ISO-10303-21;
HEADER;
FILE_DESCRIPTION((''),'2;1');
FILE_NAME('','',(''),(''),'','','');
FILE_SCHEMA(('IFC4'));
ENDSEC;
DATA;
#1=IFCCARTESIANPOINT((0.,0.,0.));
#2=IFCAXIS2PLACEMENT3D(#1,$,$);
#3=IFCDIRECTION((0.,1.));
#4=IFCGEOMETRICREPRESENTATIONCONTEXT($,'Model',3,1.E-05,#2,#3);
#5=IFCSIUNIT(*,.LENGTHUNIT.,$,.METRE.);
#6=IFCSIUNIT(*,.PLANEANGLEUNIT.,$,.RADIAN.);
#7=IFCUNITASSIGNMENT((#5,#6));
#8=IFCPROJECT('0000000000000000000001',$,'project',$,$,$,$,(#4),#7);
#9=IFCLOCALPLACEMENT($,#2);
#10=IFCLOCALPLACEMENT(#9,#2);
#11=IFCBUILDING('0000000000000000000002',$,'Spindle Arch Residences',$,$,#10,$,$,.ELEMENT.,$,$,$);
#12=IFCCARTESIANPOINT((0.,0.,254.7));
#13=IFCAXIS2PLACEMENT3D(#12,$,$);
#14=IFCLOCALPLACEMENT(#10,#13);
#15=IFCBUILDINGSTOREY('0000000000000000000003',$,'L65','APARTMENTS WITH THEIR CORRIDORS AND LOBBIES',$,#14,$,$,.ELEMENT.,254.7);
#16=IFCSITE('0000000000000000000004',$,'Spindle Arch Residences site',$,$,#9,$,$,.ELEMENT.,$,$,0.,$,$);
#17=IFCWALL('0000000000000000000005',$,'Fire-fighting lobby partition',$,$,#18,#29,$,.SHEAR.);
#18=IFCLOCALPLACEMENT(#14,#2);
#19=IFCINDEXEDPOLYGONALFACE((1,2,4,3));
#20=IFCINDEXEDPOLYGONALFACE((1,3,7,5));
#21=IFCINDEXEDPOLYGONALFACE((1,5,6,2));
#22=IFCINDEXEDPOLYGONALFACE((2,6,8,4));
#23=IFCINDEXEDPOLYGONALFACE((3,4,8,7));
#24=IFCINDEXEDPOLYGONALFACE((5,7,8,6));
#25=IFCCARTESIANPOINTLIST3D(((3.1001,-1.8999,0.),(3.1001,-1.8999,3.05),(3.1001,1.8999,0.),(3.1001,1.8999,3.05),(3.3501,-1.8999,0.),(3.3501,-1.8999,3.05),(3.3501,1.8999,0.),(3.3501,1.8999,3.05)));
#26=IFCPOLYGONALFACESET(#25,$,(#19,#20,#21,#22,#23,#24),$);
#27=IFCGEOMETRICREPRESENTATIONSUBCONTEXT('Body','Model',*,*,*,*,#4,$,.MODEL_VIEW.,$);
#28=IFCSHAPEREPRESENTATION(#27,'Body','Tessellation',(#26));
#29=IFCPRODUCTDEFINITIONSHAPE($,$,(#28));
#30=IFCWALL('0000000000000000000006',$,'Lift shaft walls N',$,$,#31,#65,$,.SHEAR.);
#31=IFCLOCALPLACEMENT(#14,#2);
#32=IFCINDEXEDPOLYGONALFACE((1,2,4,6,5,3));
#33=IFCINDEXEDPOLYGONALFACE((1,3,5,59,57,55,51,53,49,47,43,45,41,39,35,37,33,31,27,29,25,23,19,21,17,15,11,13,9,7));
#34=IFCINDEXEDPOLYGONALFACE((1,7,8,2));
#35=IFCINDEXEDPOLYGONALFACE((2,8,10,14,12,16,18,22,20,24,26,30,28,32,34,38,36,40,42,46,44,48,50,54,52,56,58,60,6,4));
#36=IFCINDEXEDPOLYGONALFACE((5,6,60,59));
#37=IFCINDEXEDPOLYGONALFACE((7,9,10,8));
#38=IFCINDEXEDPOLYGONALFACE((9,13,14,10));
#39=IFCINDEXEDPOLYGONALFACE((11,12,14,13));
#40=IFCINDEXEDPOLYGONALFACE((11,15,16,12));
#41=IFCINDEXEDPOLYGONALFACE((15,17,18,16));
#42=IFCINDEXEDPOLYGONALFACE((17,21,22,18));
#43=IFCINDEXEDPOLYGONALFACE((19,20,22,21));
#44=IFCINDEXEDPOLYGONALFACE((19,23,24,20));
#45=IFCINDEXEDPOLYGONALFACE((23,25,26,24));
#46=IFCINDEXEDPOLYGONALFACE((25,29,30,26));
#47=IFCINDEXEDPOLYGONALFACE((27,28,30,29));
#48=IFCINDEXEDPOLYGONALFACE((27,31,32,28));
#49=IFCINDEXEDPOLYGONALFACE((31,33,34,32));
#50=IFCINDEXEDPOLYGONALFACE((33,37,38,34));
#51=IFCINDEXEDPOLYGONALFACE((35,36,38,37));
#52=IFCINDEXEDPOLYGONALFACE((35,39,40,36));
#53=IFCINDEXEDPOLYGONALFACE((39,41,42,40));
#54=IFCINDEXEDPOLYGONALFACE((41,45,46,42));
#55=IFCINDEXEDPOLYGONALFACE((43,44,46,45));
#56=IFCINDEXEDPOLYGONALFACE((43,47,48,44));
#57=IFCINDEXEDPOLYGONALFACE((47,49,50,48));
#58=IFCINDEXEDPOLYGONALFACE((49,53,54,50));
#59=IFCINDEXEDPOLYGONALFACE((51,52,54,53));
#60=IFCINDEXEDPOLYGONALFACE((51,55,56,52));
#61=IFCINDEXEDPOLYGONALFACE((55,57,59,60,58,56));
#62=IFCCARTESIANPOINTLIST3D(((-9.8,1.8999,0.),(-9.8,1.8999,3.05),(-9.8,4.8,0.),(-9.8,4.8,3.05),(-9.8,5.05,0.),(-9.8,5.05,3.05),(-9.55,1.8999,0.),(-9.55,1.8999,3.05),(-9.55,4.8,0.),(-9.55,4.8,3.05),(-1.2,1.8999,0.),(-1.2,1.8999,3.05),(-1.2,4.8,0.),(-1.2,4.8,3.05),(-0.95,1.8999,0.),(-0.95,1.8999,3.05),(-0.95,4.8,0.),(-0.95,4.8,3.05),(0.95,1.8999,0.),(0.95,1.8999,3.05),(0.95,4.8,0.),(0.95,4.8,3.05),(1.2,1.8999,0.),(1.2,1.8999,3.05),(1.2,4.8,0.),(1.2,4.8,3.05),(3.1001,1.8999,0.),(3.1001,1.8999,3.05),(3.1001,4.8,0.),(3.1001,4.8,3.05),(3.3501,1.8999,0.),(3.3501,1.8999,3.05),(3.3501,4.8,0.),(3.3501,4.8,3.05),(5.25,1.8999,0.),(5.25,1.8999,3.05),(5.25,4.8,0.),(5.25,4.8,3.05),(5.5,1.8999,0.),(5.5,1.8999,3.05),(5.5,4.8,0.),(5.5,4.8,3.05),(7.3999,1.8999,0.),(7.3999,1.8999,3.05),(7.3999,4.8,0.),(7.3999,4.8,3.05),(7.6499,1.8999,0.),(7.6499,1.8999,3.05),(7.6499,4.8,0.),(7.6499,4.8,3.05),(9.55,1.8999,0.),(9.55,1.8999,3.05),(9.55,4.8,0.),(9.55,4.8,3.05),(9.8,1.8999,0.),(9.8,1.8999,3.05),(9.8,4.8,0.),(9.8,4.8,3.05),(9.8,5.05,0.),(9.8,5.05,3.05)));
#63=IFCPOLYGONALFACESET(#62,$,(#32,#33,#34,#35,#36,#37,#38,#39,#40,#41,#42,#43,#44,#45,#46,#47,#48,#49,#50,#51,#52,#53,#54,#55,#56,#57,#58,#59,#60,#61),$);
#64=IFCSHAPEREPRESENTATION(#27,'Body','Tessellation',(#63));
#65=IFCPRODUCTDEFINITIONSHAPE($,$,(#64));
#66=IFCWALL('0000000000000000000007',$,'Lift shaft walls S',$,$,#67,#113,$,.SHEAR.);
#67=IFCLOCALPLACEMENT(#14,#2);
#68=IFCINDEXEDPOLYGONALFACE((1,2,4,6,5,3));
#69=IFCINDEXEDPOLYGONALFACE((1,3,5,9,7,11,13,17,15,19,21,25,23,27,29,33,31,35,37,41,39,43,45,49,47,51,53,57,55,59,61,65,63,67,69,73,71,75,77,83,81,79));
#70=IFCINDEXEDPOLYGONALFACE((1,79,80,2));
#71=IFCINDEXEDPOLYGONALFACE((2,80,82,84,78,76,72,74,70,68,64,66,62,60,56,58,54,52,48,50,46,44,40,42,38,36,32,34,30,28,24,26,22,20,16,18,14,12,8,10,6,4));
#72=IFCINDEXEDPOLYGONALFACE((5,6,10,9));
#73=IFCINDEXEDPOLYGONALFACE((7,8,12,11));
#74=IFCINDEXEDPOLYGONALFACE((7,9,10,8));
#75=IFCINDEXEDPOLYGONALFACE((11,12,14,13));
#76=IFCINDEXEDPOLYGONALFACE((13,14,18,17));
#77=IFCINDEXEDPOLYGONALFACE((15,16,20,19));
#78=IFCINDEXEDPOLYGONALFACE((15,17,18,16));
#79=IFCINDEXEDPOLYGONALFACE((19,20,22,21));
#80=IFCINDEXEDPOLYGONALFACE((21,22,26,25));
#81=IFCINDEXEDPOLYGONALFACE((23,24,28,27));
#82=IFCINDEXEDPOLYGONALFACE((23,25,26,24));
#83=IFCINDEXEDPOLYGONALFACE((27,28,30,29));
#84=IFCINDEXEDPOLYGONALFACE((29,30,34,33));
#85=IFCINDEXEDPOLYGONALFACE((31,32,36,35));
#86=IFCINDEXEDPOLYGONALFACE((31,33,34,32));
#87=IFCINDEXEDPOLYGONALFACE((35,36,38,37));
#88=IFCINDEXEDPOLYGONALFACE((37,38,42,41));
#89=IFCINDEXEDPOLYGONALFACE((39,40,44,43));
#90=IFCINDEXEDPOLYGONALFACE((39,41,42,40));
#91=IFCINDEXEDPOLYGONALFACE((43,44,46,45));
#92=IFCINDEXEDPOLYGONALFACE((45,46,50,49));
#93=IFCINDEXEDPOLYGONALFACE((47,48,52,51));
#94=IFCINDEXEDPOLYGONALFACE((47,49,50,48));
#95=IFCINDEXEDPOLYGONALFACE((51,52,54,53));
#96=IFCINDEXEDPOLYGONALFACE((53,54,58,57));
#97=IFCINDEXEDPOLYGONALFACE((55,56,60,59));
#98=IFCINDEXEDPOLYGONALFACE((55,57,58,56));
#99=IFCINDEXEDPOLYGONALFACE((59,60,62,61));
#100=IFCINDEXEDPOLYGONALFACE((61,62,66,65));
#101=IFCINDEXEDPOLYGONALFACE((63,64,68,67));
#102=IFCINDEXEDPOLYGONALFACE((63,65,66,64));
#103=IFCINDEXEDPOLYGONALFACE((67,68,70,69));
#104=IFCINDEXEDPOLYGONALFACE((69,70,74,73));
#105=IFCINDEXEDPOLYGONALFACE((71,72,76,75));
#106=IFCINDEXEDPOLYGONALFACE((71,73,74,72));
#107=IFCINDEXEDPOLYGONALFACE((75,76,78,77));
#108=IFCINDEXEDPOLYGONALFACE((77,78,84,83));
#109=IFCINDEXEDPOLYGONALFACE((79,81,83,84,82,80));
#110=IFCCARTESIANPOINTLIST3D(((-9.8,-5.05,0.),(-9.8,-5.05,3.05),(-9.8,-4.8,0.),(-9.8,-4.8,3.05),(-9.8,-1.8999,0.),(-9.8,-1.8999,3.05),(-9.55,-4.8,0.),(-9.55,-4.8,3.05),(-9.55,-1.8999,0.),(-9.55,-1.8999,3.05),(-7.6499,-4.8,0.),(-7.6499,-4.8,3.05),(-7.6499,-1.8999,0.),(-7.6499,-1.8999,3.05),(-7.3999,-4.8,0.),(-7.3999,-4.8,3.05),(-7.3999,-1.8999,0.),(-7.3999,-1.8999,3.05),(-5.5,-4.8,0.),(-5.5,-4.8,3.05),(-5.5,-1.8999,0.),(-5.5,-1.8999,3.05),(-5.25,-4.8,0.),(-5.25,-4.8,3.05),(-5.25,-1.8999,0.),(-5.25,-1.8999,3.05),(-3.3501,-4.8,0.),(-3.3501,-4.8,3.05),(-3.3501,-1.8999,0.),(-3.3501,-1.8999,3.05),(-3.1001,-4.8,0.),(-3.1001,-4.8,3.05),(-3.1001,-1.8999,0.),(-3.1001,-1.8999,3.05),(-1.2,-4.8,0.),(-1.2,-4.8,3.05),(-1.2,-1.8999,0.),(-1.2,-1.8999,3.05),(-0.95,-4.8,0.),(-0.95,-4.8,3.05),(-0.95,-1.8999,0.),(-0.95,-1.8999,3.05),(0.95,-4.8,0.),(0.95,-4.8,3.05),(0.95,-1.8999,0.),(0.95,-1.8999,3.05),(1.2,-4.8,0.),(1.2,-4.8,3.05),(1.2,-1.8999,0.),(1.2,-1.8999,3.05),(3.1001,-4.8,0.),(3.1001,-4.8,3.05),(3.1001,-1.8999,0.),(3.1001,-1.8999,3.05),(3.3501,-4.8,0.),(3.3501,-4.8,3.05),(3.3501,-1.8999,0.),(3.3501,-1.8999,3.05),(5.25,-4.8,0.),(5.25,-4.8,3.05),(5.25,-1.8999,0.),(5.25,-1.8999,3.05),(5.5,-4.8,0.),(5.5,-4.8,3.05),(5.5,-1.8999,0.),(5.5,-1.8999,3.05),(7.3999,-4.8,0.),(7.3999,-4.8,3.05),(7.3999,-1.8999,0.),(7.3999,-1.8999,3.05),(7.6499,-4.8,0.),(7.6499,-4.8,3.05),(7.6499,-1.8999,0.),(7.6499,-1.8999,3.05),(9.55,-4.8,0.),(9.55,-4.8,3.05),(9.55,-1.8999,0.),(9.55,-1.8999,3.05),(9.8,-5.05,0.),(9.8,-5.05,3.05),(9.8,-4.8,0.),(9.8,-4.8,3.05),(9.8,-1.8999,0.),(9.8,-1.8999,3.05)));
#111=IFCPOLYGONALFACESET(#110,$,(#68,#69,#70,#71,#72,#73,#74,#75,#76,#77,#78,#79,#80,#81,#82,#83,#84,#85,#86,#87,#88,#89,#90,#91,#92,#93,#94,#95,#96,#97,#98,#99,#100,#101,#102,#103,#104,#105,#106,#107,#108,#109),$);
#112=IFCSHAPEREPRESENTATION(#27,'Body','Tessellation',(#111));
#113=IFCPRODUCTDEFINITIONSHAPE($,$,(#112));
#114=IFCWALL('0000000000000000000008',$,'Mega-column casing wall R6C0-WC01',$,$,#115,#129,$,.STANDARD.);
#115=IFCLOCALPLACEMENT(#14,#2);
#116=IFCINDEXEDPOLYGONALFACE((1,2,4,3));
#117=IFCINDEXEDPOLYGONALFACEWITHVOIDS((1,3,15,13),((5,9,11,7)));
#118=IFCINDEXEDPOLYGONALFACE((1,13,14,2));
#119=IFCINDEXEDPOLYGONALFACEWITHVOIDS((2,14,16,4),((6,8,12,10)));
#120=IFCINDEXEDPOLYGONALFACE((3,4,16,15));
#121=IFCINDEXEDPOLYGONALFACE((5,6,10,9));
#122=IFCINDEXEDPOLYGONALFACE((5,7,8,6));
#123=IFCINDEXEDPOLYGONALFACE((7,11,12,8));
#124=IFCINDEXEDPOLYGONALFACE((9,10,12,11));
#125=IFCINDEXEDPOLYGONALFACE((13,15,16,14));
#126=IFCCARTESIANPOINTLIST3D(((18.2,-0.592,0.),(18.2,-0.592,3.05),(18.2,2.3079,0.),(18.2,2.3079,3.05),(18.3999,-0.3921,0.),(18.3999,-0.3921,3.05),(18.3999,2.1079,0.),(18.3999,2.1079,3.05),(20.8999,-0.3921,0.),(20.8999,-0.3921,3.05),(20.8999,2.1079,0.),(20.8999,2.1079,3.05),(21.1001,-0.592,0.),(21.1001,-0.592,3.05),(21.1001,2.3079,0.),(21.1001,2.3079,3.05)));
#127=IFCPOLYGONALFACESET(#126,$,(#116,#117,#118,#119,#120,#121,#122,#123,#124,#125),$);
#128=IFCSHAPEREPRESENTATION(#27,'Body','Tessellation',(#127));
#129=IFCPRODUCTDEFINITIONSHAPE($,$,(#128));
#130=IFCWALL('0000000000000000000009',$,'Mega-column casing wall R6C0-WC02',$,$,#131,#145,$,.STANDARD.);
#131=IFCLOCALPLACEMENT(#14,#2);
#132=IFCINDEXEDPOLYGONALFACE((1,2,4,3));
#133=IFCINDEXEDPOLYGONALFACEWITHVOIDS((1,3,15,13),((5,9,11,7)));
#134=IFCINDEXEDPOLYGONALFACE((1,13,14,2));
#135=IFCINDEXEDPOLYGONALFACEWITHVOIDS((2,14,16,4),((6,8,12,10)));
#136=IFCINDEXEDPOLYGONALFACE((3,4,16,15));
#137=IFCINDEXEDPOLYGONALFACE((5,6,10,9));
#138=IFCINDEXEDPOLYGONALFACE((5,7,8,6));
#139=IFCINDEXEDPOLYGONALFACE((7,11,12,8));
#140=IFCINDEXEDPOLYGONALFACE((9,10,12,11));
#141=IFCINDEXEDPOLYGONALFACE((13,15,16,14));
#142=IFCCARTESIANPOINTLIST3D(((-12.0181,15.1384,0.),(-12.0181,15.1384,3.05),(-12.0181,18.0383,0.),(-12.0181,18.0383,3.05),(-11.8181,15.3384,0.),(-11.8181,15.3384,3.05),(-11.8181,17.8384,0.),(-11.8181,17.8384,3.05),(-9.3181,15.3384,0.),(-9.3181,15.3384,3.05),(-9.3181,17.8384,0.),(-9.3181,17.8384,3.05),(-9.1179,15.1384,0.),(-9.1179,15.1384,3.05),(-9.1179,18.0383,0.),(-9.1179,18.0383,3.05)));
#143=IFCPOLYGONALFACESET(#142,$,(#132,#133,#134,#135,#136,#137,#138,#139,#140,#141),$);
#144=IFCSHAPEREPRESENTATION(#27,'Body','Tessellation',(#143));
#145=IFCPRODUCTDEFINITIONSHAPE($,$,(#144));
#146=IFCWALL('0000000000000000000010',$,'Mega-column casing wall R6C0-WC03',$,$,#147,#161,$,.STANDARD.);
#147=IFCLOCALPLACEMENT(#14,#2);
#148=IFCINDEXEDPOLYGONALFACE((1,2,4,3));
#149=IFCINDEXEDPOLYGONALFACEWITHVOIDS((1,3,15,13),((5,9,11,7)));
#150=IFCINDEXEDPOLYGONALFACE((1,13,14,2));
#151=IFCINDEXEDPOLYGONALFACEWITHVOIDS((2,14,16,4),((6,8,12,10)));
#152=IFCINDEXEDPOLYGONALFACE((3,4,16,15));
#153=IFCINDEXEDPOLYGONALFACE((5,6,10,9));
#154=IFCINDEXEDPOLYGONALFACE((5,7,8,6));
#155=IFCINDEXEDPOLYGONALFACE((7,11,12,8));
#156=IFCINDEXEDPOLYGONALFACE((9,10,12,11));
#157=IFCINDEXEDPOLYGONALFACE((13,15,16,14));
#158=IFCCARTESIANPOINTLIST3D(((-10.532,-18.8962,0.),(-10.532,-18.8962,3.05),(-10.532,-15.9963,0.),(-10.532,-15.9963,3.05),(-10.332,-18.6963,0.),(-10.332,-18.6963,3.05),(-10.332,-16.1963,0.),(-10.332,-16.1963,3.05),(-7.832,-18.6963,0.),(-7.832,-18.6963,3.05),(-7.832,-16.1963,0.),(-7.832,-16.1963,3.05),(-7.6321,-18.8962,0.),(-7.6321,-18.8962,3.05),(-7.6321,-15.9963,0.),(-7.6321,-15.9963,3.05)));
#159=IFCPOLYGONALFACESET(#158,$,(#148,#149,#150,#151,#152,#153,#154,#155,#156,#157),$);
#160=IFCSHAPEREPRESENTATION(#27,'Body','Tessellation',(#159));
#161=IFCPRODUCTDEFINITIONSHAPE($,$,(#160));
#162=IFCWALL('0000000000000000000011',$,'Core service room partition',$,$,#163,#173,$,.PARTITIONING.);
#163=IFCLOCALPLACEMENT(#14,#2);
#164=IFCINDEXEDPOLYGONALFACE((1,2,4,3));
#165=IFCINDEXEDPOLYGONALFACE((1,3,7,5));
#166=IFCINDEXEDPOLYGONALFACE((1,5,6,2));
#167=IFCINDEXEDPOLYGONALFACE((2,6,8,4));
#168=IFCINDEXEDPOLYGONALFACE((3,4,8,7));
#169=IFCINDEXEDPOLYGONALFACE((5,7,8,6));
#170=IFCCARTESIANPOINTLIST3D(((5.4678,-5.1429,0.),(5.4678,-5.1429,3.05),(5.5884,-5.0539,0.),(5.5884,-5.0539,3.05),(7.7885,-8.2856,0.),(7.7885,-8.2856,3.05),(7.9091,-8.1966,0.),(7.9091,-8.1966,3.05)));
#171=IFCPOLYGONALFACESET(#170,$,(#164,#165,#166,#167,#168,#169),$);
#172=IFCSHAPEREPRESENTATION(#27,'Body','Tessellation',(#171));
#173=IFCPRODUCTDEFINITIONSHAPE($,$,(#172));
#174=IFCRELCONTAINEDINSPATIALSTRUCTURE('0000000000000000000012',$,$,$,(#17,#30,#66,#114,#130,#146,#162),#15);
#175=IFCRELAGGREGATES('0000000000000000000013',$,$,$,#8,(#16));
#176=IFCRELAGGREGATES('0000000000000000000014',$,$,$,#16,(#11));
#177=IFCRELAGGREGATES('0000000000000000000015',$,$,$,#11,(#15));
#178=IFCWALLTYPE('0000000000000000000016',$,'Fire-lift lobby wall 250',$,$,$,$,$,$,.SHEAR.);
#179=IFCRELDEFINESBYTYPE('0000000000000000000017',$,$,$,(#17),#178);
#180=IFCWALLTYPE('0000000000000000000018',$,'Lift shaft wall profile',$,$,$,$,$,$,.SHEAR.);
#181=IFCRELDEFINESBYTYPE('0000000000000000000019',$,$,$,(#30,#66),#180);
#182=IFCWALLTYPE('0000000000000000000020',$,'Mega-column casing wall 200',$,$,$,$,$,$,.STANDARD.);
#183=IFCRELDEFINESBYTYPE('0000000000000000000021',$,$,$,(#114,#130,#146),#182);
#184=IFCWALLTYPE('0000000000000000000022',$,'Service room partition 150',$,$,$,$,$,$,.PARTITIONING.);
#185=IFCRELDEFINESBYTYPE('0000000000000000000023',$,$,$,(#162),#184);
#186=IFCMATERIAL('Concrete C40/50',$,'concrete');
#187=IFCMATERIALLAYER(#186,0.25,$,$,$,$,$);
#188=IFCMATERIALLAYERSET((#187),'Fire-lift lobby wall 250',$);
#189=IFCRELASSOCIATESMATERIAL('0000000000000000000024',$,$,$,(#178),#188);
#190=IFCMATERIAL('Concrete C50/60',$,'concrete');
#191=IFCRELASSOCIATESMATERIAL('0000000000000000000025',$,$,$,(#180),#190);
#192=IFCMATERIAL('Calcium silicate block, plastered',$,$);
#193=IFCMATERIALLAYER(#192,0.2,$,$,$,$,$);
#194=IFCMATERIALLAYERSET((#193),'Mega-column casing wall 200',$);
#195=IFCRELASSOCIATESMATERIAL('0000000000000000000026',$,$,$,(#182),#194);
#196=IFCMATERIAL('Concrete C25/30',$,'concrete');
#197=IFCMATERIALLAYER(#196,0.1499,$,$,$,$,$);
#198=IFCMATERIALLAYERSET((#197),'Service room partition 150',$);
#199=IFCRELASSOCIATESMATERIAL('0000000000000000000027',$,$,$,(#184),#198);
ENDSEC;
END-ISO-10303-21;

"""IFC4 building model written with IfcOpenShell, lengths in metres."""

from ifc_helpers import new_model, si_unit, direction, frame, frame_2d, origin, place, context, subcontext, project, spatial, polyline, rectangle, outline, extrude, material, layer, layer_set, type_object, element, save


model = new_model("IFC4")

# Units and contexts
model_context = context("Model", 3, precision=1e-05, world=origin(), true_north=direction((0.0, 1.0)))
body_context = subcontext(model_context, "Body", "Model", "MODEL_VIEW")
ifc_project = project(units=[si_unit("LENGTHUNIT", "METRE"), si_unit("PLANEANGLEUNIT", "RADIAN")], contexts=[model_context])

# Site, building, storey
site_placement = place(None, origin())
site = spatial("IfcSite", under=ifc_project, at=site_placement, Name="Spindle Arch Residences site", CompositionType="ELEMENT", RefElevation=0.0)
building_placement = place(site_placement, origin())
building = spatial("IfcBuilding", under=site, at=building_placement, Name="Spindle Arch Residences", CompositionType="ELEMENT")
storey_placement = place(building_placement, frame((0.0, 0.0, 254.7)))
storey = spatial("IfcBuildingStorey", under=building, at=storey_placement, Name="L65", Description="APARTMENTS WITH THEIR CORRIDORS AND LOBBIES", CompositionType="ELEMENT", Elevation=254.7)

# Wall
ifc_material_1 = material(Name="Concrete C40/50", Category="concrete")
ifc_layer_1 = layer(ifc_material_1, 0.25)
ifc_layer_set_1 = layer_set([ifc_layer_1], Name="Fire-lift lobby wall 250")
wall_type_1 = type_object("IfcWallType", Name="Fire-lift lobby wall 250", PredefinedType="SHEAR", material=ifc_layer_set_1)
wall_1_placement = place(storey_placement, frame((3.2251, -1.8999, 0.0), z_axis=(0.0, 0.0, 1.0), x_axis=(0.0, 1.0, 0.0)))
element("IfcWall", 1, at=wall_1_placement, inside=storey, type_object=wall_type_1, Name="Fire-fighting lobby partition", PredefinedType="SHEAR", context=body_context, shape_type="SweptSolid", body=[
    extrude(rectangle(XDim=3.7998, YDim=0.25, at=frame_2d((1.8999, 0.0))), origin(), (0.0, 0.0, 1.0), 3.05),
])

# Walls
ifc_material_2 = material(Name="Concrete C50/60", Category="concrete")
wall_type_2 = type_object("IfcWallType", Name="Lift shaft wall profile", PredefinedType="SHEAR", material=ifc_material_2)
wall_2_placement = place(storey_placement, origin())
element("IfcWall", 2, at=wall_2_placement, inside=storey, type_object=wall_type_2, Name="Lift shaft walls N", PredefinedType="SHEAR", context=body_context, shape_type="SweptSolid", body=[
    extrude(outline(polyline([(-9.55, 4.8), (-1.2, 4.8), (-1.2, 1.8999), (-0.95, 1.8999), (-0.95, 4.8), (0.95, 4.8), (0.95, 1.8999), (1.2, 1.8999), (1.2, 4.8), (3.1001, 4.8), (3.1001, 1.8999), (3.3501, 1.8999), (3.3501, 4.8), (5.25, 4.8), (5.25, 1.8999), (5.5, 1.8999), (5.5, 4.8), (7.3999, 4.8), (7.3999, 1.8999), (7.6499, 1.8999), (7.6499, 4.8), (9.55, 4.8), (9.55, 1.8999), (9.8, 1.8999), (9.8, 4.8), (9.8, 5.05), (-9.8, 5.05), (-9.8, 4.8), (-9.8, 1.8999), (-9.55, 1.8999), (-9.55, 4.8)])), origin(), (0.0, 0.0, 1.0), 3.05),
])
wall_3_placement = place(storey_placement, origin())
element("IfcWall", 3, at=wall_3_placement, inside=storey, type_object=wall_type_2, Name="Lift shaft walls S", PredefinedType="SHEAR", context=body_context, shape_type="SweptSolid", body=[
    extrude(outline(polyline([(9.8, -5.05), (9.8, -4.8), (9.8, -1.8999), (9.55, -1.8999), (9.55, -4.8), (7.6499, -4.8), (7.6499, -1.8999), (7.3999, -1.8999), (7.3999, -4.8), (5.5, -4.8), (5.5, -1.8999), (5.25, -1.8999), (5.25, -4.8), (3.3501, -4.8), (3.3501, -1.8999), (3.1001, -1.8999), (3.1001, -4.8), (1.2, -4.8), (1.2, -1.8999), (0.95, -1.8999), (0.95, -4.8), (-0.95, -4.8), (-0.95, -1.8999), (-1.2, -1.8999), (-1.2, -4.8), (-3.1001, -4.8), (-3.1001, -1.8999), (-3.3501, -1.8999), (-3.3501, -4.8), (-5.25, -4.8), (-5.25, -1.8999), (-5.5, -1.8999), (-5.5, -4.8), (-7.3999, -4.8), (-7.3999, -1.8999), (-7.6499, -1.8999), (-7.6499, -4.8), (-9.55, -4.8), (-9.55, -1.8999), (-9.8, -1.8999), (-9.8, -4.8), (-9.8, -5.05), (9.8, -5.05)])), origin(), (0.0, 0.0, 1.0), 3.05),
])
ifc_material_3 = material(Name="Calcium silicate block, plastered")
ifc_layer_2 = layer(ifc_material_3, 0.2)
ifc_layer_set_2 = layer_set([ifc_layer_2], Name="Mega-column casing wall 200")
wall_type_3 = type_object("IfcWallType", Name="Mega-column casing wall 200", PredefinedType="STANDARD", material=ifc_layer_set_2)
wall_4_placement = place(storey_placement, origin())
element("IfcWall", 4, at=wall_4_placement, inside=storey, type_object=wall_type_3, Name="Mega-column casing wall R6C0-WC01", PredefinedType="STANDARD", context=body_context, shape_type="SweptSolid", body=[
    extrude(outline(polyline([(21.1001, 2.3079), (21.1001, -0.592), (18.2, -0.592), (18.2, 2.3079), (21.1001, 2.3079)]), holes=[polyline([(18.3999, -0.3921), (20.8999, -0.3921), (20.8999, 2.1079), (18.3999, 2.1079), (18.3999, -0.3921)])]), origin(), (0.0, 0.0, 1.0), 3.05),
])
wall_5_placement = place(storey_placement, origin())
element("IfcWall", 5, at=wall_5_placement, inside=storey, type_object=wall_type_3, Name="Mega-column casing wall R6C0-WC02", PredefinedType="STANDARD", context=body_context, shape_type="SweptSolid", body=[
    extrude(outline(polyline([(-9.1179, 18.0383), (-9.1179, 15.1384), (-12.0181, 15.1384), (-12.0181, 18.0383), (-9.1179, 18.0383)]), holes=[polyline([(-11.8181, 15.3384), (-9.3181, 15.3384), (-9.3181, 17.8384), (-11.8181, 17.8384), (-11.8181, 15.3384)])]), origin(), (0.0, 0.0, 1.0), 3.05),
])
wall_6_placement = place(storey_placement, origin())
element("IfcWall", 6, at=wall_6_placement, inside=storey, type_object=wall_type_3, Name="Mega-column casing wall R6C0-WC03", PredefinedType="STANDARD", context=body_context, shape_type="SweptSolid", body=[
    extrude(outline(polyline([(-7.6321, -15.9963), (-7.6321, -18.8962), (-10.532, -18.8962), (-10.532, -15.9963), (-7.6321, -15.9963)]), holes=[polyline([(-10.332, -18.6963), (-7.832, -18.6963), (-7.832, -16.1963), (-10.332, -16.1963), (-10.332, -18.6963)])]), origin(), (0.0, 0.0, 1.0), 3.05),
])
ifc_material_4 = material(Name="Concrete C25/30", Category="concrete")
ifc_layer_3 = layer(ifc_material_4, 0.1499)
ifc_layer_set_3 = layer_set([ifc_layer_3], Name="Service room partition 150")
wall_type_4 = type_object("IfcWallType", Name="Service room partition 150", PredefinedType="PARTITIONING", material=ifc_layer_set_3)
wall_7_placement = place(storey_placement, frame((5.5281, -5.0984, 0.0), z_axis=(0.0, 0.0, 1.0), x_axis=(0.594034, -0.80444, 0.0)))
element("IfcWall", 7, at=wall_7_placement, inside=storey, type_object=wall_type_4, Name="Core service room partition", PredefinedType="PARTITIONING", context=body_context, shape_type="SweptSolid", body=[
    extrude(rectangle(XDim=3.9067, YDim=0.1499, at=frame_2d((1.9534, 0.0))), origin(), (0.0, 0.0, 1.0), 3.05),
])

save(model, "model.ifc")
